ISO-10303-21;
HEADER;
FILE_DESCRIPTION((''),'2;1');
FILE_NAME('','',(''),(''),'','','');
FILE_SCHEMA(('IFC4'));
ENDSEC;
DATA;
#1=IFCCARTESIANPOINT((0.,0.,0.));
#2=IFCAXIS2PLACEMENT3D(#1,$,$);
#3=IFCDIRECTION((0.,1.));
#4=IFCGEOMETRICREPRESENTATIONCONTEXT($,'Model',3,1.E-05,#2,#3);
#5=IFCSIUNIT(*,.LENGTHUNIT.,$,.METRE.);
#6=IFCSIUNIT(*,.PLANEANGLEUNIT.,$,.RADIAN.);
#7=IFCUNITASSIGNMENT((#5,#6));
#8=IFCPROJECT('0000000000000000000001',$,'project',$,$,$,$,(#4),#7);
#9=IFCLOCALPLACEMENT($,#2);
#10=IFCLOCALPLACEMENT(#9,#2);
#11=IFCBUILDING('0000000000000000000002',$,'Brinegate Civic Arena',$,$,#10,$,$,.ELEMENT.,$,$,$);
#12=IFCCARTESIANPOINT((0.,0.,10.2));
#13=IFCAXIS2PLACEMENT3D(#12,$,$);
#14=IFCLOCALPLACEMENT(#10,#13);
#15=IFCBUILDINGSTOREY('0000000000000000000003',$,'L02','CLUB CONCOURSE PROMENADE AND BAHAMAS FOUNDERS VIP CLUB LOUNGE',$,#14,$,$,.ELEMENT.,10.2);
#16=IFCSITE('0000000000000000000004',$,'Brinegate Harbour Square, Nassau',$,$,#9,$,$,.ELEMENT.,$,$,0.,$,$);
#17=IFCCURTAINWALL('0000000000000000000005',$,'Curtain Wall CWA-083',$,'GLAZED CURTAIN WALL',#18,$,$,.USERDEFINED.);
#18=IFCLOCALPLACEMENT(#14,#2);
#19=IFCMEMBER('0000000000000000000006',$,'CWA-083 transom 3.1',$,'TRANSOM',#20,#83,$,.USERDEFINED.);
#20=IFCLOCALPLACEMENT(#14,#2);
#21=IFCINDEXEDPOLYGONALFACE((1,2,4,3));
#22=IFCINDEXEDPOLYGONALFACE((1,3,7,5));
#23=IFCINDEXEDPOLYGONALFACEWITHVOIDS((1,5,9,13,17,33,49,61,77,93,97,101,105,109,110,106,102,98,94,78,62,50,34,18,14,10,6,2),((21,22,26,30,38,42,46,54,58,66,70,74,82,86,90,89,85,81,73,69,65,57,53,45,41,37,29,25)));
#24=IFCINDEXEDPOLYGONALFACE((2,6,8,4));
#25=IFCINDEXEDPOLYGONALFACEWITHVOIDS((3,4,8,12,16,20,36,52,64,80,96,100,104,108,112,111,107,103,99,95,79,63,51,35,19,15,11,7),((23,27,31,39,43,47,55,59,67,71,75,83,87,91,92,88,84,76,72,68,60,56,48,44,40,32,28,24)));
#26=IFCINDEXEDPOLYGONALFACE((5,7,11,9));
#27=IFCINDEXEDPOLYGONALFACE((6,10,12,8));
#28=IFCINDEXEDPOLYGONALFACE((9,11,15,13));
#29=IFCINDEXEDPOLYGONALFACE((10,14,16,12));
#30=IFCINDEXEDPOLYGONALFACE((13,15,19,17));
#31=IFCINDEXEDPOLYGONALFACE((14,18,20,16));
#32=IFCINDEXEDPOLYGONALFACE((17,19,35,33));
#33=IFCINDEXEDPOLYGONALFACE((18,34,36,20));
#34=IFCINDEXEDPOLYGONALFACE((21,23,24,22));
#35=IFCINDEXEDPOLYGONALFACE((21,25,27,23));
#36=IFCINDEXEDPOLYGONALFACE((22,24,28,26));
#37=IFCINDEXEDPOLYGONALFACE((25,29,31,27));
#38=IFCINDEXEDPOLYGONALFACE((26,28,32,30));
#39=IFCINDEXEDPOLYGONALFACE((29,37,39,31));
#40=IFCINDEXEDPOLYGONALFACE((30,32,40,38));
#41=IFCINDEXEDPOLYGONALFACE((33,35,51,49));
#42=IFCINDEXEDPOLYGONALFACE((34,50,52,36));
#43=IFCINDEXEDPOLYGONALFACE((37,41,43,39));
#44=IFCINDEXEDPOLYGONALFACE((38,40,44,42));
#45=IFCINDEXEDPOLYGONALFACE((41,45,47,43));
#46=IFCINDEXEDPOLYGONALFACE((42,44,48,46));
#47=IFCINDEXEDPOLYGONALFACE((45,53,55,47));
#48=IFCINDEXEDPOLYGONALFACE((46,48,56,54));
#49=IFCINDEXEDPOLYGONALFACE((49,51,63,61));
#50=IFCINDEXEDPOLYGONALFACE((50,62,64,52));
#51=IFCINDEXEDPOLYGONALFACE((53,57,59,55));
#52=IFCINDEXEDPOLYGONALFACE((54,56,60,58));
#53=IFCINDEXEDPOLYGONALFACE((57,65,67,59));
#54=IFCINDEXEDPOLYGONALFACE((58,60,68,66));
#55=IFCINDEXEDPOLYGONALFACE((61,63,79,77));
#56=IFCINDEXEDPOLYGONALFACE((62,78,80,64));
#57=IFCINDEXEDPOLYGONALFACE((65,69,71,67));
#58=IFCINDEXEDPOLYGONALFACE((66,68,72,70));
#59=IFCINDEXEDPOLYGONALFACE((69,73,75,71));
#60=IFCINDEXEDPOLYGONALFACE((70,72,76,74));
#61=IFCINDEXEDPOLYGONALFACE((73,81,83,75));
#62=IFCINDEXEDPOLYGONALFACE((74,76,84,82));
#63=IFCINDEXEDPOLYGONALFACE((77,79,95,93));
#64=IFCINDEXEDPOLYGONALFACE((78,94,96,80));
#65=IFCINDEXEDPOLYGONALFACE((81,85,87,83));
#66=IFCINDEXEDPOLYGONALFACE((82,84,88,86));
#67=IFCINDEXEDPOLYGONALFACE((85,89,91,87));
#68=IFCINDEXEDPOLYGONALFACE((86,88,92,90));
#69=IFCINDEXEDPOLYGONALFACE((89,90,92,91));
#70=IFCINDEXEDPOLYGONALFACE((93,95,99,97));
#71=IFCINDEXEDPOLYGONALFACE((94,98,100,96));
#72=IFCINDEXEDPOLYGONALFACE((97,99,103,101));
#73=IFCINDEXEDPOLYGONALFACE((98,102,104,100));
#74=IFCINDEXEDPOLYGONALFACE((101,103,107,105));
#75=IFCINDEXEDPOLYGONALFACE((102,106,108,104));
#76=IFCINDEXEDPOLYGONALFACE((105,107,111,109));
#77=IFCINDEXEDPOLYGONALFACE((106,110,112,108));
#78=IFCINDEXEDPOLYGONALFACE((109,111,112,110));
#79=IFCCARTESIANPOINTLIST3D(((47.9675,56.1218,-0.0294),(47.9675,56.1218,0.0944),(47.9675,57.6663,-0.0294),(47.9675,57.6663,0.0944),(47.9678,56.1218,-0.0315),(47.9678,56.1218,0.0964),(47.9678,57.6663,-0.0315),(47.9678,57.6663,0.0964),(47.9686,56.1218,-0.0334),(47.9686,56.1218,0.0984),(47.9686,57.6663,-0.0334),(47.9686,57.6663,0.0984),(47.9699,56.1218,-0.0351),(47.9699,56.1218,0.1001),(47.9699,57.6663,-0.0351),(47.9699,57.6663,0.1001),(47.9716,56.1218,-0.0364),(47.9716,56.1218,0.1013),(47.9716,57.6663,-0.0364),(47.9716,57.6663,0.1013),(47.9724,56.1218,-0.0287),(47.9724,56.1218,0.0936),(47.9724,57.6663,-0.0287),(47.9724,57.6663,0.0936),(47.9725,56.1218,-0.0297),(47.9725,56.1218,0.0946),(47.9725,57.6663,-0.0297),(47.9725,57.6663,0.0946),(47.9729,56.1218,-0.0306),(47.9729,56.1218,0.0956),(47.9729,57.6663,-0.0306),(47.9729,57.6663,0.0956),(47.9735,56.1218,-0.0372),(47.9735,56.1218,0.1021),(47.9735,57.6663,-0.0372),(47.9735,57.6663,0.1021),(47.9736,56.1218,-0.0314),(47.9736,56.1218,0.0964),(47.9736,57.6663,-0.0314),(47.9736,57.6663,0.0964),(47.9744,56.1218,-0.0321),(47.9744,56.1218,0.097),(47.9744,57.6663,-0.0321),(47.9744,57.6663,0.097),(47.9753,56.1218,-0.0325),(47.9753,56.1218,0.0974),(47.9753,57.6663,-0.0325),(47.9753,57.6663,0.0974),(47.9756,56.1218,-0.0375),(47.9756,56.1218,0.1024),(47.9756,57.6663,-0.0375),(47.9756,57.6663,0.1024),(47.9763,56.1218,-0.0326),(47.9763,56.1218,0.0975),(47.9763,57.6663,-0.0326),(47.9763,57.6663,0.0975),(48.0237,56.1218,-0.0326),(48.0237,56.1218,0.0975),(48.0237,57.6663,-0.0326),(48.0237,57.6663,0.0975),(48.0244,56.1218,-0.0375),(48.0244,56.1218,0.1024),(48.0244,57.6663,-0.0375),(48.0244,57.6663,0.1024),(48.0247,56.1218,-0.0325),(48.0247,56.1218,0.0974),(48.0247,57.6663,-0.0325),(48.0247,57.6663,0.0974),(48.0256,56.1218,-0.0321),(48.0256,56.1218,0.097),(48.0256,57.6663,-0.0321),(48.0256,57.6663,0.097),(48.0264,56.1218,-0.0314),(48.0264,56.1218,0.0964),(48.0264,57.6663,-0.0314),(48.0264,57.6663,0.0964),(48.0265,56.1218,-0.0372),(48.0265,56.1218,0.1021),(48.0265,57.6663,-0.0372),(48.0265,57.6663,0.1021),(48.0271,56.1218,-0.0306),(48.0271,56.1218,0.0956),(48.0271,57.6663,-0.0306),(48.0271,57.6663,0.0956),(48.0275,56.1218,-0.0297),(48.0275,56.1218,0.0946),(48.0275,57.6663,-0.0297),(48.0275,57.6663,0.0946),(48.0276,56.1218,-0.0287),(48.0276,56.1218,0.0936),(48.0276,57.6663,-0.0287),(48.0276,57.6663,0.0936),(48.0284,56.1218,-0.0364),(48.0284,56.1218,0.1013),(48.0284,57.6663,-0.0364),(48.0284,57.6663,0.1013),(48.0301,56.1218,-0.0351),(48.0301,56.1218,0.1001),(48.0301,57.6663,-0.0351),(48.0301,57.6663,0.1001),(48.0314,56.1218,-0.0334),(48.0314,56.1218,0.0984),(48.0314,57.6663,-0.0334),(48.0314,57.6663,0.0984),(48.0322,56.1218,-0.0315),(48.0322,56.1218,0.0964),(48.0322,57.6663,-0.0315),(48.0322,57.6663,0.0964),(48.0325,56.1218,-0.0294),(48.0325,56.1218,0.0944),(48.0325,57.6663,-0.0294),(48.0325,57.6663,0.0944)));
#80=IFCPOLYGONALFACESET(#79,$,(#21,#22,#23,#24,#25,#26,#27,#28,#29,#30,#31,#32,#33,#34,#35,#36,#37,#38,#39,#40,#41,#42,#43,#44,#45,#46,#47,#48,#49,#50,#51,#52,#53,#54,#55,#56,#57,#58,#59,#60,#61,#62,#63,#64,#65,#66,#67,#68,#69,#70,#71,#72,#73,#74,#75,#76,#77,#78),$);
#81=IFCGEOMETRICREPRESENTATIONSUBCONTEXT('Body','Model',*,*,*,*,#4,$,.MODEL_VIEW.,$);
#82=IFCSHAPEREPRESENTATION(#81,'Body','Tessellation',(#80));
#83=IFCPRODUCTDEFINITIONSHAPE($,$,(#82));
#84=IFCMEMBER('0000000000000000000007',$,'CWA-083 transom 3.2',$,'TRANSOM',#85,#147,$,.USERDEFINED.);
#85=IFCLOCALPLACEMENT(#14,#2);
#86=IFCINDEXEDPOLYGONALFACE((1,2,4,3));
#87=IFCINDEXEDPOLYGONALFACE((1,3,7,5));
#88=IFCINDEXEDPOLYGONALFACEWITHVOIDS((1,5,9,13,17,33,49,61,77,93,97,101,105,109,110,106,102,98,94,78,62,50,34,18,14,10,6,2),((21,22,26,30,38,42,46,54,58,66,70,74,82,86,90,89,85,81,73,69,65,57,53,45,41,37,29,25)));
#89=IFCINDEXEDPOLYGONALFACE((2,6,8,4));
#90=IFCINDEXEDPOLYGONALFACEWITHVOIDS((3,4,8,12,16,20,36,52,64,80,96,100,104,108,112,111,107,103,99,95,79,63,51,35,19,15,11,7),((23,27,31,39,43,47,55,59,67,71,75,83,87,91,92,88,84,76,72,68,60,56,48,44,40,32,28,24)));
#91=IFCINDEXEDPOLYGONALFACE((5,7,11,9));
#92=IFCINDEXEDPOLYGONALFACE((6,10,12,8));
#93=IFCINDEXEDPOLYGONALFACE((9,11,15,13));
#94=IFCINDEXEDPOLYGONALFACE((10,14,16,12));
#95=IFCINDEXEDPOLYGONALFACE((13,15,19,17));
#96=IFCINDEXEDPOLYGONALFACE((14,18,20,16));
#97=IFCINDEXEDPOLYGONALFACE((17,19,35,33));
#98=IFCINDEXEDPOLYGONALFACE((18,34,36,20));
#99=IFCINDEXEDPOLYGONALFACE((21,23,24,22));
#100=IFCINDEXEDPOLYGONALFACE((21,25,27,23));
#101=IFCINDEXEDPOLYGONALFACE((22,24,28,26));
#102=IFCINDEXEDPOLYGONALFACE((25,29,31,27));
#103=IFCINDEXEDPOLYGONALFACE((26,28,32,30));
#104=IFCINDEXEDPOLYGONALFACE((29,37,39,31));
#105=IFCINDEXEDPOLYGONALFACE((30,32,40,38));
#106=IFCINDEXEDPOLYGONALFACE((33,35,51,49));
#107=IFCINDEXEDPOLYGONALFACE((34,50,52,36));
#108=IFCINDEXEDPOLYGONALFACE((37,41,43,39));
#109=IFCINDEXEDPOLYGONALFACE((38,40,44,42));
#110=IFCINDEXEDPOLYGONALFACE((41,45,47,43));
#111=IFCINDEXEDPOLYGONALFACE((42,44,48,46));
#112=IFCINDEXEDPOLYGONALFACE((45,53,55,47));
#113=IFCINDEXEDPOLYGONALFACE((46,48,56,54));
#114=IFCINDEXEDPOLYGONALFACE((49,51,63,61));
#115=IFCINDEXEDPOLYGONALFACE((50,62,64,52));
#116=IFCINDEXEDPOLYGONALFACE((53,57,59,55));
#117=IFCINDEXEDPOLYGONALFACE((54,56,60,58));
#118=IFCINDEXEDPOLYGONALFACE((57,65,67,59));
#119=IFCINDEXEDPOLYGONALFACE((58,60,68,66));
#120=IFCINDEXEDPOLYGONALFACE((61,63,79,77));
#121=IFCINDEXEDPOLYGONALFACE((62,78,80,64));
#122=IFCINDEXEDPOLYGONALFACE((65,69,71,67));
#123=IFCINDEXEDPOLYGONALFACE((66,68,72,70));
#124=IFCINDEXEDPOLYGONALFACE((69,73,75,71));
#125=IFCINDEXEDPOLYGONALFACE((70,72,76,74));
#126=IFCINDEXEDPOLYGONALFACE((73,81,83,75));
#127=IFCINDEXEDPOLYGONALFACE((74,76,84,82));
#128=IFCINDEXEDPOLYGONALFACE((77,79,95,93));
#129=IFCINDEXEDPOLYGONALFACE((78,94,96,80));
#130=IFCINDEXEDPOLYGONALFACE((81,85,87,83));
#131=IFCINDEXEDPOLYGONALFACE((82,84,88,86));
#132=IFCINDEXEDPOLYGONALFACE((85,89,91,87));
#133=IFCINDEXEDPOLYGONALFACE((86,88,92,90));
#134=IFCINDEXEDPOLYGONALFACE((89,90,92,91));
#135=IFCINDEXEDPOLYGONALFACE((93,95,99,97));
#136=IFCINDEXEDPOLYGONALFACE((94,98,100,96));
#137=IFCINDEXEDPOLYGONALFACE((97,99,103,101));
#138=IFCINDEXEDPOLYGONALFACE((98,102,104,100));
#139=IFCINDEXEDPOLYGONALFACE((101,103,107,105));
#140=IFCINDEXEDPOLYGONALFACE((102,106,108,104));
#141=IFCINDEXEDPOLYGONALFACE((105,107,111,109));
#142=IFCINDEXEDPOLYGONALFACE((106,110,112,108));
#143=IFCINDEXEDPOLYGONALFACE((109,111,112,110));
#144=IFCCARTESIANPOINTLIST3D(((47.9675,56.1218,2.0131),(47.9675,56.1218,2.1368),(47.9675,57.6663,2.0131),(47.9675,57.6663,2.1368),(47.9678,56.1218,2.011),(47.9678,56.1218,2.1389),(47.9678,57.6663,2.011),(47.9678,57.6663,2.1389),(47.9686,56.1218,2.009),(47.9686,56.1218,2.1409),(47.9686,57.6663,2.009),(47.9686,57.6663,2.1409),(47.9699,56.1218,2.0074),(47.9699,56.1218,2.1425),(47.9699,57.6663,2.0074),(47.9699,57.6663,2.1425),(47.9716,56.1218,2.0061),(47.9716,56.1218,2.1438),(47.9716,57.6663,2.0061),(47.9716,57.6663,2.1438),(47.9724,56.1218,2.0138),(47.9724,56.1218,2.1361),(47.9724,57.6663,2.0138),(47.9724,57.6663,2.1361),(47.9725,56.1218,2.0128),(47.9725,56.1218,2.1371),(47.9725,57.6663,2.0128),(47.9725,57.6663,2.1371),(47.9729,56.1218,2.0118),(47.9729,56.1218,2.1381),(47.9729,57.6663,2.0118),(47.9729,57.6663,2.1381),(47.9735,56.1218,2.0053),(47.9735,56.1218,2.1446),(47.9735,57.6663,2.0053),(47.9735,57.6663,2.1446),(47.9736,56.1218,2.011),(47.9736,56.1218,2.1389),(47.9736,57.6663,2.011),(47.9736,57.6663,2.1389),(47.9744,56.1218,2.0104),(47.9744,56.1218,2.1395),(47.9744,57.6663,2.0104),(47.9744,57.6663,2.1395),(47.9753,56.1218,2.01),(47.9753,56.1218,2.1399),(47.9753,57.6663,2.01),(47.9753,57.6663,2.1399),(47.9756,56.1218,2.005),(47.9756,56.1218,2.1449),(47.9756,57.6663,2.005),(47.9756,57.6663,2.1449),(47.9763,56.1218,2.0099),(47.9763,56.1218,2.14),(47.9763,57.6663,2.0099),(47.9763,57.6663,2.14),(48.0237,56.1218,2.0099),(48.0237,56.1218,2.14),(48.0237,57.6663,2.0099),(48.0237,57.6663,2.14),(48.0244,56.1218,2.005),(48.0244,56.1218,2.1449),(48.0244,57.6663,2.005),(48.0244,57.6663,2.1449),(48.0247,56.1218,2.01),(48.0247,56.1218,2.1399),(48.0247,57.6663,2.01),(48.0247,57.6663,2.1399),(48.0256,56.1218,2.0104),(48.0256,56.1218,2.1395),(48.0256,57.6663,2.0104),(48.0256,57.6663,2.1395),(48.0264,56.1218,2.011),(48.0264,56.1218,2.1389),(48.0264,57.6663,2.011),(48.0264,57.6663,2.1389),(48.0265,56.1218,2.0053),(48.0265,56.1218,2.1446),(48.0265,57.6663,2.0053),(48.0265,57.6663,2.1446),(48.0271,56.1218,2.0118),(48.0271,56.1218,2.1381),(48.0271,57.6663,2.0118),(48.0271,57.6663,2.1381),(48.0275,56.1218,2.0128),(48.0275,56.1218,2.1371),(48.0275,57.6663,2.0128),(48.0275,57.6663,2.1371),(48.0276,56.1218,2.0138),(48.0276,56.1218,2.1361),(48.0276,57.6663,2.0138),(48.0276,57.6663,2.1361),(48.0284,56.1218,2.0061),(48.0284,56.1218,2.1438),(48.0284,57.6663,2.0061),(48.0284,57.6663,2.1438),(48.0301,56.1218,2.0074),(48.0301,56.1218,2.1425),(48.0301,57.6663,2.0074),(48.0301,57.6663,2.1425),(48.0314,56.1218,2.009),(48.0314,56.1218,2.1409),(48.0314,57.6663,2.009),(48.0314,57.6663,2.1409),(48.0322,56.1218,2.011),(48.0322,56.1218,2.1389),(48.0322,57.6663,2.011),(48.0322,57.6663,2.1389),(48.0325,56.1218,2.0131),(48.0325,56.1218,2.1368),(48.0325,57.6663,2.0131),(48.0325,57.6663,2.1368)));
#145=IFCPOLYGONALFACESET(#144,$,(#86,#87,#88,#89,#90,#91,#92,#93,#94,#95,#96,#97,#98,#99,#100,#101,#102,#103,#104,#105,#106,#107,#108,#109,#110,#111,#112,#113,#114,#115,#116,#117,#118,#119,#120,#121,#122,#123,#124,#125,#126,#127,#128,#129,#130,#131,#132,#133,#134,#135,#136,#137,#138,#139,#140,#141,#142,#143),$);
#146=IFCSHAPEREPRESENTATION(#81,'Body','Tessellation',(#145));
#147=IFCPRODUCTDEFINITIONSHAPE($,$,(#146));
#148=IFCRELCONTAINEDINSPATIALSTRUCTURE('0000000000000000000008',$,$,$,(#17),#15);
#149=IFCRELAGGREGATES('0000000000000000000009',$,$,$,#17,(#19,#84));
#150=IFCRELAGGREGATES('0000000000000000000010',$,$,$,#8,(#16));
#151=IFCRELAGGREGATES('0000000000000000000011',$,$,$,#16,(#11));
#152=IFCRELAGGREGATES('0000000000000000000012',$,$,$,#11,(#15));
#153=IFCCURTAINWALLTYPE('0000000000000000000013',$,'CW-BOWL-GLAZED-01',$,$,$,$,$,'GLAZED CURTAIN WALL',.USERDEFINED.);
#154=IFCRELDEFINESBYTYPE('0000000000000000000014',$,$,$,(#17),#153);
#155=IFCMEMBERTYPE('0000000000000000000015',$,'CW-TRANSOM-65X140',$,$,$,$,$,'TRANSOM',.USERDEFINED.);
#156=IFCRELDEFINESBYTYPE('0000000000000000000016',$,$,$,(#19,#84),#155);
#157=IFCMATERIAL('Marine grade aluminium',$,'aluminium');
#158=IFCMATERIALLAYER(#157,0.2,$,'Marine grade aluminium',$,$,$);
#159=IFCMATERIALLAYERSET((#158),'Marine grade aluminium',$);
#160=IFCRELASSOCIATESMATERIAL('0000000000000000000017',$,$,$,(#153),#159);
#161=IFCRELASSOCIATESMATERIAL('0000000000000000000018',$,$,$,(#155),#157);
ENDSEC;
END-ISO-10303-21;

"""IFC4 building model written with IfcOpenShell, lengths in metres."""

from ifc_helpers import new_model, si_unit, direction, frame, origin, origin_2d, place, context, subcontext, project, spatial, hollow_rectangle, extrude, material, layer, layer_set, material_profile, profile_set, type_object, element, aggregate, save


model = new_model("IFC4")

# Units and contexts
model_context = context("Model", 3, precision=1e-05, world=origin(), true_north=direction((0.0, 1.0)))
body_context = subcontext(model_context, "Body", "Model", "MODEL_VIEW")
ifc_project = project(units=[si_unit("LENGTHUNIT", "METRE"), si_unit("PLANEANGLEUNIT", "RADIAN")], contexts=[model_context])

# Site, building, storey
site_placement = place(None, origin())
site = spatial("IfcSite", under=ifc_project, at=site_placement, Name="Brinegate Harbour Square, Nassau", CompositionType="ELEMENT", RefElevation=0.0)
building_placement = place(site_placement, origin())
building = spatial("IfcBuilding", under=site, at=building_placement, Name="Brinegate Civic Arena", CompositionType="ELEMENT")
storey_placement = place(building_placement, frame((0.0, 0.0, 10.2)))
storey = spatial("IfcBuildingStorey", under=building, at=storey_placement, Name="L02", Description="CLUB CONCOURSE PROMENADE AND BAHAMAS FOUNDERS VIP CLUB LOUNGE", CompositionType="ELEMENT", Elevation=10.2)

# Curtain wall, members
ifc_material_1 = material(Name="Marine grade aluminium", Category="aluminium")
ifc_layer_1 = layer(ifc_material_1, 0.2, Name="Marine grade aluminium")
ifc_layer_set_1 = layer_set([ifc_layer_1], Name="Marine grade aluminium")
curtain_wall_type_1 = type_object("IfcCurtainWallType", Name="CW-BOWL-GLAZED-01", ElementType="GLAZED CURTAIN WALL", PredefinedType="USERDEFINED", material=ifc_layer_set_1)
curtain_wall_1_placement = place(storey_placement, origin())
curtain_wall_1 = element("IfcCurtainWall", 1, at=curtain_wall_1_placement, inside=storey, type_object=curtain_wall_type_1, Name="Curtain Wall CWA-083", ObjectType="GLAZED CURTAIN WALL", PredefinedType="USERDEFINED")
ifc_material_profile_1 = material_profile(ifc_material_1, hollow_rectangle(XDim=0.0649, YDim=0.1399, WallThickness=0.0049, InnerFilletRadius=0.0039, OuterFilletRadius=0.0081, at=origin_2d()), Name="TRN65X140")
ifc_profile_set_1 = profile_set([ifc_material_profile_1], Name="Marine grade aluminium")
member_type_1 = type_object("IfcMemberType", Name="CW-TRANSOM-65X140", ElementType="TRANSOM", PredefinedType="USERDEFINED", material=ifc_profile_set_1)
member_1_placement = place(storey_placement, frame((48.0, 56.1218, 0.0325), z_axis=(0.0, 1.0, 0.0), x_axis=(-1.0, 0.0, 0.0)))
member_1 = element("IfcMember", 2, at=member_1_placement, type_object=member_type_1, Name="CWA-083 transom 3.1", ObjectType="TRANSOM", PredefinedType="USERDEFINED", context=body_context, shape_type="SweptSolid", body=[
    extrude(hollow_rectangle(XDim=0.0649, YDim=0.1399, WallThickness=0.0049, InnerFilletRadius=0.0039, OuterFilletRadius=0.0081, at=origin_2d()), origin(), (0.0, 0.0, 1.0), 1.5444),
])
member_2_placement = place(storey_placement, frame((48.0, 56.1218, 2.075), z_axis=(0.0, 1.0, 0.0), x_axis=(-1.0, 0.0, 0.0)))
member_2 = element("IfcMember", 3, at=member_2_placement, type_object=member_type_1, Name="CWA-083 transom 3.2", ObjectType="TRANSOM", PredefinedType="USERDEFINED", context=body_context, shape_type="SweptSolid", body=[
    extrude(hollow_rectangle(XDim=0.0649, YDim=0.1399, WallThickness=0.0049, InnerFilletRadius=0.0039, OuterFilletRadius=0.0081, at=origin_2d()), origin(), (0.0, 0.0, 1.0), 1.5444),
])

aggregate(curtain_wall_1, [member_1, member_2])

save(model, "model.ifc")
